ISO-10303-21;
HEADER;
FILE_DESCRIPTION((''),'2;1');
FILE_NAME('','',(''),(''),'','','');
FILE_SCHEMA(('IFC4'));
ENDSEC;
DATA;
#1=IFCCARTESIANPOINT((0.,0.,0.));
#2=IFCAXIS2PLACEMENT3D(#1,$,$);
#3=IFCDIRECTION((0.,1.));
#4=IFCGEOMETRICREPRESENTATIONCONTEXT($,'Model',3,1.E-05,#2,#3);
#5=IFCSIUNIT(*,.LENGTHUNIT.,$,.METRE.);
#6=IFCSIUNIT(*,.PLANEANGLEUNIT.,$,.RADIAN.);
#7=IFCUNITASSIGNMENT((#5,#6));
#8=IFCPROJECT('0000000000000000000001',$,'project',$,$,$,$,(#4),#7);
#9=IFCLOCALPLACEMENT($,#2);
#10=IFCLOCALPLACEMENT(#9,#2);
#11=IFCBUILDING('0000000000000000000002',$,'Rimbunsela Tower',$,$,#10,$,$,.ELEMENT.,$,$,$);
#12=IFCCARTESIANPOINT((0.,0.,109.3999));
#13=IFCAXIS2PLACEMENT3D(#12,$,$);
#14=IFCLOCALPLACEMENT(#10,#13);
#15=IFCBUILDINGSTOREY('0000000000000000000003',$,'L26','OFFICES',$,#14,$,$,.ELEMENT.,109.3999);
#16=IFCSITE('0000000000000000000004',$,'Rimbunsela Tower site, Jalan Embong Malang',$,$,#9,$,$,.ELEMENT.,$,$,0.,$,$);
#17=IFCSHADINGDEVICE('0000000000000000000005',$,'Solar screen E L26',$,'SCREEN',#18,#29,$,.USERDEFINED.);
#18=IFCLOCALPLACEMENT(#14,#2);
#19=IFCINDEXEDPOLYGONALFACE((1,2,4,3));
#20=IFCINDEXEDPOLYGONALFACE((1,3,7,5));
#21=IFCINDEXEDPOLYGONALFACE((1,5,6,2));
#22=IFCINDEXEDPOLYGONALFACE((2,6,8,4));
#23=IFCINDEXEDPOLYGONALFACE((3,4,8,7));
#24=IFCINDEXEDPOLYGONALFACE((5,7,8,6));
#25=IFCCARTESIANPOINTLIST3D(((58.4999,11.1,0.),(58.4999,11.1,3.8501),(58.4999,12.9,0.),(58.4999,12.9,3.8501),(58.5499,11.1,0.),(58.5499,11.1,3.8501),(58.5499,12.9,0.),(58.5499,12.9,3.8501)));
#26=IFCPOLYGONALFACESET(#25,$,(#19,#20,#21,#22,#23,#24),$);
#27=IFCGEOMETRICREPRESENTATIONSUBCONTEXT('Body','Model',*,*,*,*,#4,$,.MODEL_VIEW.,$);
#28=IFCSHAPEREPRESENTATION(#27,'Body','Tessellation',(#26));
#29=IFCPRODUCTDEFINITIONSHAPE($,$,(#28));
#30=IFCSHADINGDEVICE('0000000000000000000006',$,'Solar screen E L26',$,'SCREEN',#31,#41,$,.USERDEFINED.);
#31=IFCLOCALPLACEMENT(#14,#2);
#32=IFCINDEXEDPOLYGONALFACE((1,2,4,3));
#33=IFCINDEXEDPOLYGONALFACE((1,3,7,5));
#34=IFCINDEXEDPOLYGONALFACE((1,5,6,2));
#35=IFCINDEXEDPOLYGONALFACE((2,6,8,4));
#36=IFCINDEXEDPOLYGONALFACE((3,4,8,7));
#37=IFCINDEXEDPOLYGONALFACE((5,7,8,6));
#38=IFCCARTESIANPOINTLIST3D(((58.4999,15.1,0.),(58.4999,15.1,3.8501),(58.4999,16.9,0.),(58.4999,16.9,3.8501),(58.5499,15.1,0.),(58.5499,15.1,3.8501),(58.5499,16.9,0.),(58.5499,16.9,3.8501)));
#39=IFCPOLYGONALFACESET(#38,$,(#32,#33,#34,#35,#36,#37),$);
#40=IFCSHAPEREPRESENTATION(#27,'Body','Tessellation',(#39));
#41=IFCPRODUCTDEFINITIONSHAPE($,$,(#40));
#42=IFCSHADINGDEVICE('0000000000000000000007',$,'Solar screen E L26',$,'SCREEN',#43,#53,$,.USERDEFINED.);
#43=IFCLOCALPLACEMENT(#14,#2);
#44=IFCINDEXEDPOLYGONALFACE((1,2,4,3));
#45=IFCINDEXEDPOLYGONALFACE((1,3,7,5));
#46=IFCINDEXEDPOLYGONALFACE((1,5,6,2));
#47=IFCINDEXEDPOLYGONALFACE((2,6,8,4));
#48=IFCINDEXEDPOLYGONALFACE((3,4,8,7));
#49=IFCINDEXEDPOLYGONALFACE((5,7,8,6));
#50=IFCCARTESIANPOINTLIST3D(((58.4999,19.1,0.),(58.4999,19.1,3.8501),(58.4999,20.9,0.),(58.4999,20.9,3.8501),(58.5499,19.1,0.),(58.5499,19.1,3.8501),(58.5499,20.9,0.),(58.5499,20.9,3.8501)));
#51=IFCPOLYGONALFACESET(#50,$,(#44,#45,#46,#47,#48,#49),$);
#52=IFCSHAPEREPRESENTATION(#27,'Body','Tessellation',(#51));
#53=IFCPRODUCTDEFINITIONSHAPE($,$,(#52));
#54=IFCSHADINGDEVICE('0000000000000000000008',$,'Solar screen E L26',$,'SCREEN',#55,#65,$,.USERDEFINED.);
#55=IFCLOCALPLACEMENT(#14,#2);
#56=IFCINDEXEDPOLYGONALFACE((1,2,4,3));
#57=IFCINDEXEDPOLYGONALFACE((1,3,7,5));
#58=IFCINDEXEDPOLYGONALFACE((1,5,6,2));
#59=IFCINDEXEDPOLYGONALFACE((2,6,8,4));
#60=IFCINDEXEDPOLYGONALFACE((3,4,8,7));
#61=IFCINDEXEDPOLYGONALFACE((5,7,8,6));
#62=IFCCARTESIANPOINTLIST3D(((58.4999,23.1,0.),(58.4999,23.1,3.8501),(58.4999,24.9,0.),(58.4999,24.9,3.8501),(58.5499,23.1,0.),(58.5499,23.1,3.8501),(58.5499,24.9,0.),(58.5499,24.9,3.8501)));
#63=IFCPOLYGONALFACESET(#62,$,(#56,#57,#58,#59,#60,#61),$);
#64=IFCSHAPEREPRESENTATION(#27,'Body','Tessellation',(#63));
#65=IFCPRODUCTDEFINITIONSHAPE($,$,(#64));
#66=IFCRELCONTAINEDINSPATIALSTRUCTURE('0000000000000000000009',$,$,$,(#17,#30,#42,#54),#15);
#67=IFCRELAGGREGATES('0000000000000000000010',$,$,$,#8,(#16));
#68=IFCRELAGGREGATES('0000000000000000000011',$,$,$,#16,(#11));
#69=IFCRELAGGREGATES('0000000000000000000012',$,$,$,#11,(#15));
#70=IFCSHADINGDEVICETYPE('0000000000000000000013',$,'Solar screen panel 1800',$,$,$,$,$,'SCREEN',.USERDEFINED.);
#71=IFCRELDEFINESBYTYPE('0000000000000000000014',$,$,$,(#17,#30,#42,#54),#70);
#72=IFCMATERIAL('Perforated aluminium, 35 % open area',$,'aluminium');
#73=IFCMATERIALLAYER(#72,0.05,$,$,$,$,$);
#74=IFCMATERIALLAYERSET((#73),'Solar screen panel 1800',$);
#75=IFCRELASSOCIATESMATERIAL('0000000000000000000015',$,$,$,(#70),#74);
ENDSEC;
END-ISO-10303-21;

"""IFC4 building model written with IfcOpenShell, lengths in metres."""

from ifc_helpers import new_model, si_unit, direction, frame, origin, origin_2d, place, context, subcontext, project, spatial, rectangle, extrude, material, layer, layer_set, type_object, element, save


model = new_model("IFC4")

# Units and contexts
model_context = context("Model", 3, precision=1e-05, world=origin(), true_north=direction((0.0, 1.0)))
body_context = subcontext(model_context, "Body", "Model", "MODEL_VIEW")
ifc_project = project(units=[si_unit("LENGTHUNIT", "METRE"), si_unit("PLANEANGLEUNIT", "RADIAN")], contexts=[model_context])

# Site, building, storey
site_placement = place(None, origin())
site = spatial("IfcSite", under=ifc_project, at=site_placement, Name="Rimbunsela Tower site, Jalan Embong Malang", CompositionType="ELEMENT", RefElevation=0.0)
building_placement = place(site_placement, origin())
building = spatial("IfcBuilding", under=site, at=building_placement, Name="Rimbunsela Tower", CompositionType="ELEMENT")
storey_placement = place(building_placement, frame((0.0, 0.0, 109.3999)))
storey = spatial("IfcBuildingStorey", under=building, at=storey_placement, Name="L26", Description="OFFICES", CompositionType="ELEMENT", Elevation=109.3999)

# Shading devices
ifc_material_1 = material(Name="Perforated aluminium, 35 % open area", Category="aluminium")
ifc_layer_1 = layer(ifc_material_1, 0.05)
ifc_layer_set_1 = layer_set([ifc_layer_1], Name="Solar screen panel 1800")
shading_device_type = type_object("IfcShadingDeviceType", Name="Solar screen panel 1800", ElementType="SCREEN", PredefinedType="USERDEFINED", material=ifc_layer_set_1)
for number, where, z_axis, x_axis, name in (
    (1, (58.5249, 12.0, 0.0), (0.0, 0.0, 1.0), (0.0, 1.0, 0.0), "Solar screen E L26"),
    (2, (58.5249, 16.0, 0.0), (0.0, 0.0, 1.0), (0.0, 1.0, 0.0), "Solar screen E L26"),
    (3, (58.5249, 20.0, 0.0), (0.0, 0.0, 1.0), (0.0, 1.0, 0.0), "Solar screen E L26"),
    (4, (58.5249, 24.0, 0.0), (0.0, 0.0, 1.0), (0.0, 1.0, 0.0), "Solar screen E L26"),
):
    element("IfcShadingDevice", number, at=place(storey_placement, frame(where, z_axis=z_axis, x_axis=x_axis)), inside=storey, type_object=shading_device_type, Name=name, ObjectType="SCREEN", PredefinedType="USERDEFINED", context=body_context, shape_type="SweptSolid", body=[
        extrude(rectangle(XDim=1.8, YDim=0.05, at=origin_2d()), origin(), (0.0, 0.0, 1.0), 3.8501),
    ])

save(model, "model.ifc")
